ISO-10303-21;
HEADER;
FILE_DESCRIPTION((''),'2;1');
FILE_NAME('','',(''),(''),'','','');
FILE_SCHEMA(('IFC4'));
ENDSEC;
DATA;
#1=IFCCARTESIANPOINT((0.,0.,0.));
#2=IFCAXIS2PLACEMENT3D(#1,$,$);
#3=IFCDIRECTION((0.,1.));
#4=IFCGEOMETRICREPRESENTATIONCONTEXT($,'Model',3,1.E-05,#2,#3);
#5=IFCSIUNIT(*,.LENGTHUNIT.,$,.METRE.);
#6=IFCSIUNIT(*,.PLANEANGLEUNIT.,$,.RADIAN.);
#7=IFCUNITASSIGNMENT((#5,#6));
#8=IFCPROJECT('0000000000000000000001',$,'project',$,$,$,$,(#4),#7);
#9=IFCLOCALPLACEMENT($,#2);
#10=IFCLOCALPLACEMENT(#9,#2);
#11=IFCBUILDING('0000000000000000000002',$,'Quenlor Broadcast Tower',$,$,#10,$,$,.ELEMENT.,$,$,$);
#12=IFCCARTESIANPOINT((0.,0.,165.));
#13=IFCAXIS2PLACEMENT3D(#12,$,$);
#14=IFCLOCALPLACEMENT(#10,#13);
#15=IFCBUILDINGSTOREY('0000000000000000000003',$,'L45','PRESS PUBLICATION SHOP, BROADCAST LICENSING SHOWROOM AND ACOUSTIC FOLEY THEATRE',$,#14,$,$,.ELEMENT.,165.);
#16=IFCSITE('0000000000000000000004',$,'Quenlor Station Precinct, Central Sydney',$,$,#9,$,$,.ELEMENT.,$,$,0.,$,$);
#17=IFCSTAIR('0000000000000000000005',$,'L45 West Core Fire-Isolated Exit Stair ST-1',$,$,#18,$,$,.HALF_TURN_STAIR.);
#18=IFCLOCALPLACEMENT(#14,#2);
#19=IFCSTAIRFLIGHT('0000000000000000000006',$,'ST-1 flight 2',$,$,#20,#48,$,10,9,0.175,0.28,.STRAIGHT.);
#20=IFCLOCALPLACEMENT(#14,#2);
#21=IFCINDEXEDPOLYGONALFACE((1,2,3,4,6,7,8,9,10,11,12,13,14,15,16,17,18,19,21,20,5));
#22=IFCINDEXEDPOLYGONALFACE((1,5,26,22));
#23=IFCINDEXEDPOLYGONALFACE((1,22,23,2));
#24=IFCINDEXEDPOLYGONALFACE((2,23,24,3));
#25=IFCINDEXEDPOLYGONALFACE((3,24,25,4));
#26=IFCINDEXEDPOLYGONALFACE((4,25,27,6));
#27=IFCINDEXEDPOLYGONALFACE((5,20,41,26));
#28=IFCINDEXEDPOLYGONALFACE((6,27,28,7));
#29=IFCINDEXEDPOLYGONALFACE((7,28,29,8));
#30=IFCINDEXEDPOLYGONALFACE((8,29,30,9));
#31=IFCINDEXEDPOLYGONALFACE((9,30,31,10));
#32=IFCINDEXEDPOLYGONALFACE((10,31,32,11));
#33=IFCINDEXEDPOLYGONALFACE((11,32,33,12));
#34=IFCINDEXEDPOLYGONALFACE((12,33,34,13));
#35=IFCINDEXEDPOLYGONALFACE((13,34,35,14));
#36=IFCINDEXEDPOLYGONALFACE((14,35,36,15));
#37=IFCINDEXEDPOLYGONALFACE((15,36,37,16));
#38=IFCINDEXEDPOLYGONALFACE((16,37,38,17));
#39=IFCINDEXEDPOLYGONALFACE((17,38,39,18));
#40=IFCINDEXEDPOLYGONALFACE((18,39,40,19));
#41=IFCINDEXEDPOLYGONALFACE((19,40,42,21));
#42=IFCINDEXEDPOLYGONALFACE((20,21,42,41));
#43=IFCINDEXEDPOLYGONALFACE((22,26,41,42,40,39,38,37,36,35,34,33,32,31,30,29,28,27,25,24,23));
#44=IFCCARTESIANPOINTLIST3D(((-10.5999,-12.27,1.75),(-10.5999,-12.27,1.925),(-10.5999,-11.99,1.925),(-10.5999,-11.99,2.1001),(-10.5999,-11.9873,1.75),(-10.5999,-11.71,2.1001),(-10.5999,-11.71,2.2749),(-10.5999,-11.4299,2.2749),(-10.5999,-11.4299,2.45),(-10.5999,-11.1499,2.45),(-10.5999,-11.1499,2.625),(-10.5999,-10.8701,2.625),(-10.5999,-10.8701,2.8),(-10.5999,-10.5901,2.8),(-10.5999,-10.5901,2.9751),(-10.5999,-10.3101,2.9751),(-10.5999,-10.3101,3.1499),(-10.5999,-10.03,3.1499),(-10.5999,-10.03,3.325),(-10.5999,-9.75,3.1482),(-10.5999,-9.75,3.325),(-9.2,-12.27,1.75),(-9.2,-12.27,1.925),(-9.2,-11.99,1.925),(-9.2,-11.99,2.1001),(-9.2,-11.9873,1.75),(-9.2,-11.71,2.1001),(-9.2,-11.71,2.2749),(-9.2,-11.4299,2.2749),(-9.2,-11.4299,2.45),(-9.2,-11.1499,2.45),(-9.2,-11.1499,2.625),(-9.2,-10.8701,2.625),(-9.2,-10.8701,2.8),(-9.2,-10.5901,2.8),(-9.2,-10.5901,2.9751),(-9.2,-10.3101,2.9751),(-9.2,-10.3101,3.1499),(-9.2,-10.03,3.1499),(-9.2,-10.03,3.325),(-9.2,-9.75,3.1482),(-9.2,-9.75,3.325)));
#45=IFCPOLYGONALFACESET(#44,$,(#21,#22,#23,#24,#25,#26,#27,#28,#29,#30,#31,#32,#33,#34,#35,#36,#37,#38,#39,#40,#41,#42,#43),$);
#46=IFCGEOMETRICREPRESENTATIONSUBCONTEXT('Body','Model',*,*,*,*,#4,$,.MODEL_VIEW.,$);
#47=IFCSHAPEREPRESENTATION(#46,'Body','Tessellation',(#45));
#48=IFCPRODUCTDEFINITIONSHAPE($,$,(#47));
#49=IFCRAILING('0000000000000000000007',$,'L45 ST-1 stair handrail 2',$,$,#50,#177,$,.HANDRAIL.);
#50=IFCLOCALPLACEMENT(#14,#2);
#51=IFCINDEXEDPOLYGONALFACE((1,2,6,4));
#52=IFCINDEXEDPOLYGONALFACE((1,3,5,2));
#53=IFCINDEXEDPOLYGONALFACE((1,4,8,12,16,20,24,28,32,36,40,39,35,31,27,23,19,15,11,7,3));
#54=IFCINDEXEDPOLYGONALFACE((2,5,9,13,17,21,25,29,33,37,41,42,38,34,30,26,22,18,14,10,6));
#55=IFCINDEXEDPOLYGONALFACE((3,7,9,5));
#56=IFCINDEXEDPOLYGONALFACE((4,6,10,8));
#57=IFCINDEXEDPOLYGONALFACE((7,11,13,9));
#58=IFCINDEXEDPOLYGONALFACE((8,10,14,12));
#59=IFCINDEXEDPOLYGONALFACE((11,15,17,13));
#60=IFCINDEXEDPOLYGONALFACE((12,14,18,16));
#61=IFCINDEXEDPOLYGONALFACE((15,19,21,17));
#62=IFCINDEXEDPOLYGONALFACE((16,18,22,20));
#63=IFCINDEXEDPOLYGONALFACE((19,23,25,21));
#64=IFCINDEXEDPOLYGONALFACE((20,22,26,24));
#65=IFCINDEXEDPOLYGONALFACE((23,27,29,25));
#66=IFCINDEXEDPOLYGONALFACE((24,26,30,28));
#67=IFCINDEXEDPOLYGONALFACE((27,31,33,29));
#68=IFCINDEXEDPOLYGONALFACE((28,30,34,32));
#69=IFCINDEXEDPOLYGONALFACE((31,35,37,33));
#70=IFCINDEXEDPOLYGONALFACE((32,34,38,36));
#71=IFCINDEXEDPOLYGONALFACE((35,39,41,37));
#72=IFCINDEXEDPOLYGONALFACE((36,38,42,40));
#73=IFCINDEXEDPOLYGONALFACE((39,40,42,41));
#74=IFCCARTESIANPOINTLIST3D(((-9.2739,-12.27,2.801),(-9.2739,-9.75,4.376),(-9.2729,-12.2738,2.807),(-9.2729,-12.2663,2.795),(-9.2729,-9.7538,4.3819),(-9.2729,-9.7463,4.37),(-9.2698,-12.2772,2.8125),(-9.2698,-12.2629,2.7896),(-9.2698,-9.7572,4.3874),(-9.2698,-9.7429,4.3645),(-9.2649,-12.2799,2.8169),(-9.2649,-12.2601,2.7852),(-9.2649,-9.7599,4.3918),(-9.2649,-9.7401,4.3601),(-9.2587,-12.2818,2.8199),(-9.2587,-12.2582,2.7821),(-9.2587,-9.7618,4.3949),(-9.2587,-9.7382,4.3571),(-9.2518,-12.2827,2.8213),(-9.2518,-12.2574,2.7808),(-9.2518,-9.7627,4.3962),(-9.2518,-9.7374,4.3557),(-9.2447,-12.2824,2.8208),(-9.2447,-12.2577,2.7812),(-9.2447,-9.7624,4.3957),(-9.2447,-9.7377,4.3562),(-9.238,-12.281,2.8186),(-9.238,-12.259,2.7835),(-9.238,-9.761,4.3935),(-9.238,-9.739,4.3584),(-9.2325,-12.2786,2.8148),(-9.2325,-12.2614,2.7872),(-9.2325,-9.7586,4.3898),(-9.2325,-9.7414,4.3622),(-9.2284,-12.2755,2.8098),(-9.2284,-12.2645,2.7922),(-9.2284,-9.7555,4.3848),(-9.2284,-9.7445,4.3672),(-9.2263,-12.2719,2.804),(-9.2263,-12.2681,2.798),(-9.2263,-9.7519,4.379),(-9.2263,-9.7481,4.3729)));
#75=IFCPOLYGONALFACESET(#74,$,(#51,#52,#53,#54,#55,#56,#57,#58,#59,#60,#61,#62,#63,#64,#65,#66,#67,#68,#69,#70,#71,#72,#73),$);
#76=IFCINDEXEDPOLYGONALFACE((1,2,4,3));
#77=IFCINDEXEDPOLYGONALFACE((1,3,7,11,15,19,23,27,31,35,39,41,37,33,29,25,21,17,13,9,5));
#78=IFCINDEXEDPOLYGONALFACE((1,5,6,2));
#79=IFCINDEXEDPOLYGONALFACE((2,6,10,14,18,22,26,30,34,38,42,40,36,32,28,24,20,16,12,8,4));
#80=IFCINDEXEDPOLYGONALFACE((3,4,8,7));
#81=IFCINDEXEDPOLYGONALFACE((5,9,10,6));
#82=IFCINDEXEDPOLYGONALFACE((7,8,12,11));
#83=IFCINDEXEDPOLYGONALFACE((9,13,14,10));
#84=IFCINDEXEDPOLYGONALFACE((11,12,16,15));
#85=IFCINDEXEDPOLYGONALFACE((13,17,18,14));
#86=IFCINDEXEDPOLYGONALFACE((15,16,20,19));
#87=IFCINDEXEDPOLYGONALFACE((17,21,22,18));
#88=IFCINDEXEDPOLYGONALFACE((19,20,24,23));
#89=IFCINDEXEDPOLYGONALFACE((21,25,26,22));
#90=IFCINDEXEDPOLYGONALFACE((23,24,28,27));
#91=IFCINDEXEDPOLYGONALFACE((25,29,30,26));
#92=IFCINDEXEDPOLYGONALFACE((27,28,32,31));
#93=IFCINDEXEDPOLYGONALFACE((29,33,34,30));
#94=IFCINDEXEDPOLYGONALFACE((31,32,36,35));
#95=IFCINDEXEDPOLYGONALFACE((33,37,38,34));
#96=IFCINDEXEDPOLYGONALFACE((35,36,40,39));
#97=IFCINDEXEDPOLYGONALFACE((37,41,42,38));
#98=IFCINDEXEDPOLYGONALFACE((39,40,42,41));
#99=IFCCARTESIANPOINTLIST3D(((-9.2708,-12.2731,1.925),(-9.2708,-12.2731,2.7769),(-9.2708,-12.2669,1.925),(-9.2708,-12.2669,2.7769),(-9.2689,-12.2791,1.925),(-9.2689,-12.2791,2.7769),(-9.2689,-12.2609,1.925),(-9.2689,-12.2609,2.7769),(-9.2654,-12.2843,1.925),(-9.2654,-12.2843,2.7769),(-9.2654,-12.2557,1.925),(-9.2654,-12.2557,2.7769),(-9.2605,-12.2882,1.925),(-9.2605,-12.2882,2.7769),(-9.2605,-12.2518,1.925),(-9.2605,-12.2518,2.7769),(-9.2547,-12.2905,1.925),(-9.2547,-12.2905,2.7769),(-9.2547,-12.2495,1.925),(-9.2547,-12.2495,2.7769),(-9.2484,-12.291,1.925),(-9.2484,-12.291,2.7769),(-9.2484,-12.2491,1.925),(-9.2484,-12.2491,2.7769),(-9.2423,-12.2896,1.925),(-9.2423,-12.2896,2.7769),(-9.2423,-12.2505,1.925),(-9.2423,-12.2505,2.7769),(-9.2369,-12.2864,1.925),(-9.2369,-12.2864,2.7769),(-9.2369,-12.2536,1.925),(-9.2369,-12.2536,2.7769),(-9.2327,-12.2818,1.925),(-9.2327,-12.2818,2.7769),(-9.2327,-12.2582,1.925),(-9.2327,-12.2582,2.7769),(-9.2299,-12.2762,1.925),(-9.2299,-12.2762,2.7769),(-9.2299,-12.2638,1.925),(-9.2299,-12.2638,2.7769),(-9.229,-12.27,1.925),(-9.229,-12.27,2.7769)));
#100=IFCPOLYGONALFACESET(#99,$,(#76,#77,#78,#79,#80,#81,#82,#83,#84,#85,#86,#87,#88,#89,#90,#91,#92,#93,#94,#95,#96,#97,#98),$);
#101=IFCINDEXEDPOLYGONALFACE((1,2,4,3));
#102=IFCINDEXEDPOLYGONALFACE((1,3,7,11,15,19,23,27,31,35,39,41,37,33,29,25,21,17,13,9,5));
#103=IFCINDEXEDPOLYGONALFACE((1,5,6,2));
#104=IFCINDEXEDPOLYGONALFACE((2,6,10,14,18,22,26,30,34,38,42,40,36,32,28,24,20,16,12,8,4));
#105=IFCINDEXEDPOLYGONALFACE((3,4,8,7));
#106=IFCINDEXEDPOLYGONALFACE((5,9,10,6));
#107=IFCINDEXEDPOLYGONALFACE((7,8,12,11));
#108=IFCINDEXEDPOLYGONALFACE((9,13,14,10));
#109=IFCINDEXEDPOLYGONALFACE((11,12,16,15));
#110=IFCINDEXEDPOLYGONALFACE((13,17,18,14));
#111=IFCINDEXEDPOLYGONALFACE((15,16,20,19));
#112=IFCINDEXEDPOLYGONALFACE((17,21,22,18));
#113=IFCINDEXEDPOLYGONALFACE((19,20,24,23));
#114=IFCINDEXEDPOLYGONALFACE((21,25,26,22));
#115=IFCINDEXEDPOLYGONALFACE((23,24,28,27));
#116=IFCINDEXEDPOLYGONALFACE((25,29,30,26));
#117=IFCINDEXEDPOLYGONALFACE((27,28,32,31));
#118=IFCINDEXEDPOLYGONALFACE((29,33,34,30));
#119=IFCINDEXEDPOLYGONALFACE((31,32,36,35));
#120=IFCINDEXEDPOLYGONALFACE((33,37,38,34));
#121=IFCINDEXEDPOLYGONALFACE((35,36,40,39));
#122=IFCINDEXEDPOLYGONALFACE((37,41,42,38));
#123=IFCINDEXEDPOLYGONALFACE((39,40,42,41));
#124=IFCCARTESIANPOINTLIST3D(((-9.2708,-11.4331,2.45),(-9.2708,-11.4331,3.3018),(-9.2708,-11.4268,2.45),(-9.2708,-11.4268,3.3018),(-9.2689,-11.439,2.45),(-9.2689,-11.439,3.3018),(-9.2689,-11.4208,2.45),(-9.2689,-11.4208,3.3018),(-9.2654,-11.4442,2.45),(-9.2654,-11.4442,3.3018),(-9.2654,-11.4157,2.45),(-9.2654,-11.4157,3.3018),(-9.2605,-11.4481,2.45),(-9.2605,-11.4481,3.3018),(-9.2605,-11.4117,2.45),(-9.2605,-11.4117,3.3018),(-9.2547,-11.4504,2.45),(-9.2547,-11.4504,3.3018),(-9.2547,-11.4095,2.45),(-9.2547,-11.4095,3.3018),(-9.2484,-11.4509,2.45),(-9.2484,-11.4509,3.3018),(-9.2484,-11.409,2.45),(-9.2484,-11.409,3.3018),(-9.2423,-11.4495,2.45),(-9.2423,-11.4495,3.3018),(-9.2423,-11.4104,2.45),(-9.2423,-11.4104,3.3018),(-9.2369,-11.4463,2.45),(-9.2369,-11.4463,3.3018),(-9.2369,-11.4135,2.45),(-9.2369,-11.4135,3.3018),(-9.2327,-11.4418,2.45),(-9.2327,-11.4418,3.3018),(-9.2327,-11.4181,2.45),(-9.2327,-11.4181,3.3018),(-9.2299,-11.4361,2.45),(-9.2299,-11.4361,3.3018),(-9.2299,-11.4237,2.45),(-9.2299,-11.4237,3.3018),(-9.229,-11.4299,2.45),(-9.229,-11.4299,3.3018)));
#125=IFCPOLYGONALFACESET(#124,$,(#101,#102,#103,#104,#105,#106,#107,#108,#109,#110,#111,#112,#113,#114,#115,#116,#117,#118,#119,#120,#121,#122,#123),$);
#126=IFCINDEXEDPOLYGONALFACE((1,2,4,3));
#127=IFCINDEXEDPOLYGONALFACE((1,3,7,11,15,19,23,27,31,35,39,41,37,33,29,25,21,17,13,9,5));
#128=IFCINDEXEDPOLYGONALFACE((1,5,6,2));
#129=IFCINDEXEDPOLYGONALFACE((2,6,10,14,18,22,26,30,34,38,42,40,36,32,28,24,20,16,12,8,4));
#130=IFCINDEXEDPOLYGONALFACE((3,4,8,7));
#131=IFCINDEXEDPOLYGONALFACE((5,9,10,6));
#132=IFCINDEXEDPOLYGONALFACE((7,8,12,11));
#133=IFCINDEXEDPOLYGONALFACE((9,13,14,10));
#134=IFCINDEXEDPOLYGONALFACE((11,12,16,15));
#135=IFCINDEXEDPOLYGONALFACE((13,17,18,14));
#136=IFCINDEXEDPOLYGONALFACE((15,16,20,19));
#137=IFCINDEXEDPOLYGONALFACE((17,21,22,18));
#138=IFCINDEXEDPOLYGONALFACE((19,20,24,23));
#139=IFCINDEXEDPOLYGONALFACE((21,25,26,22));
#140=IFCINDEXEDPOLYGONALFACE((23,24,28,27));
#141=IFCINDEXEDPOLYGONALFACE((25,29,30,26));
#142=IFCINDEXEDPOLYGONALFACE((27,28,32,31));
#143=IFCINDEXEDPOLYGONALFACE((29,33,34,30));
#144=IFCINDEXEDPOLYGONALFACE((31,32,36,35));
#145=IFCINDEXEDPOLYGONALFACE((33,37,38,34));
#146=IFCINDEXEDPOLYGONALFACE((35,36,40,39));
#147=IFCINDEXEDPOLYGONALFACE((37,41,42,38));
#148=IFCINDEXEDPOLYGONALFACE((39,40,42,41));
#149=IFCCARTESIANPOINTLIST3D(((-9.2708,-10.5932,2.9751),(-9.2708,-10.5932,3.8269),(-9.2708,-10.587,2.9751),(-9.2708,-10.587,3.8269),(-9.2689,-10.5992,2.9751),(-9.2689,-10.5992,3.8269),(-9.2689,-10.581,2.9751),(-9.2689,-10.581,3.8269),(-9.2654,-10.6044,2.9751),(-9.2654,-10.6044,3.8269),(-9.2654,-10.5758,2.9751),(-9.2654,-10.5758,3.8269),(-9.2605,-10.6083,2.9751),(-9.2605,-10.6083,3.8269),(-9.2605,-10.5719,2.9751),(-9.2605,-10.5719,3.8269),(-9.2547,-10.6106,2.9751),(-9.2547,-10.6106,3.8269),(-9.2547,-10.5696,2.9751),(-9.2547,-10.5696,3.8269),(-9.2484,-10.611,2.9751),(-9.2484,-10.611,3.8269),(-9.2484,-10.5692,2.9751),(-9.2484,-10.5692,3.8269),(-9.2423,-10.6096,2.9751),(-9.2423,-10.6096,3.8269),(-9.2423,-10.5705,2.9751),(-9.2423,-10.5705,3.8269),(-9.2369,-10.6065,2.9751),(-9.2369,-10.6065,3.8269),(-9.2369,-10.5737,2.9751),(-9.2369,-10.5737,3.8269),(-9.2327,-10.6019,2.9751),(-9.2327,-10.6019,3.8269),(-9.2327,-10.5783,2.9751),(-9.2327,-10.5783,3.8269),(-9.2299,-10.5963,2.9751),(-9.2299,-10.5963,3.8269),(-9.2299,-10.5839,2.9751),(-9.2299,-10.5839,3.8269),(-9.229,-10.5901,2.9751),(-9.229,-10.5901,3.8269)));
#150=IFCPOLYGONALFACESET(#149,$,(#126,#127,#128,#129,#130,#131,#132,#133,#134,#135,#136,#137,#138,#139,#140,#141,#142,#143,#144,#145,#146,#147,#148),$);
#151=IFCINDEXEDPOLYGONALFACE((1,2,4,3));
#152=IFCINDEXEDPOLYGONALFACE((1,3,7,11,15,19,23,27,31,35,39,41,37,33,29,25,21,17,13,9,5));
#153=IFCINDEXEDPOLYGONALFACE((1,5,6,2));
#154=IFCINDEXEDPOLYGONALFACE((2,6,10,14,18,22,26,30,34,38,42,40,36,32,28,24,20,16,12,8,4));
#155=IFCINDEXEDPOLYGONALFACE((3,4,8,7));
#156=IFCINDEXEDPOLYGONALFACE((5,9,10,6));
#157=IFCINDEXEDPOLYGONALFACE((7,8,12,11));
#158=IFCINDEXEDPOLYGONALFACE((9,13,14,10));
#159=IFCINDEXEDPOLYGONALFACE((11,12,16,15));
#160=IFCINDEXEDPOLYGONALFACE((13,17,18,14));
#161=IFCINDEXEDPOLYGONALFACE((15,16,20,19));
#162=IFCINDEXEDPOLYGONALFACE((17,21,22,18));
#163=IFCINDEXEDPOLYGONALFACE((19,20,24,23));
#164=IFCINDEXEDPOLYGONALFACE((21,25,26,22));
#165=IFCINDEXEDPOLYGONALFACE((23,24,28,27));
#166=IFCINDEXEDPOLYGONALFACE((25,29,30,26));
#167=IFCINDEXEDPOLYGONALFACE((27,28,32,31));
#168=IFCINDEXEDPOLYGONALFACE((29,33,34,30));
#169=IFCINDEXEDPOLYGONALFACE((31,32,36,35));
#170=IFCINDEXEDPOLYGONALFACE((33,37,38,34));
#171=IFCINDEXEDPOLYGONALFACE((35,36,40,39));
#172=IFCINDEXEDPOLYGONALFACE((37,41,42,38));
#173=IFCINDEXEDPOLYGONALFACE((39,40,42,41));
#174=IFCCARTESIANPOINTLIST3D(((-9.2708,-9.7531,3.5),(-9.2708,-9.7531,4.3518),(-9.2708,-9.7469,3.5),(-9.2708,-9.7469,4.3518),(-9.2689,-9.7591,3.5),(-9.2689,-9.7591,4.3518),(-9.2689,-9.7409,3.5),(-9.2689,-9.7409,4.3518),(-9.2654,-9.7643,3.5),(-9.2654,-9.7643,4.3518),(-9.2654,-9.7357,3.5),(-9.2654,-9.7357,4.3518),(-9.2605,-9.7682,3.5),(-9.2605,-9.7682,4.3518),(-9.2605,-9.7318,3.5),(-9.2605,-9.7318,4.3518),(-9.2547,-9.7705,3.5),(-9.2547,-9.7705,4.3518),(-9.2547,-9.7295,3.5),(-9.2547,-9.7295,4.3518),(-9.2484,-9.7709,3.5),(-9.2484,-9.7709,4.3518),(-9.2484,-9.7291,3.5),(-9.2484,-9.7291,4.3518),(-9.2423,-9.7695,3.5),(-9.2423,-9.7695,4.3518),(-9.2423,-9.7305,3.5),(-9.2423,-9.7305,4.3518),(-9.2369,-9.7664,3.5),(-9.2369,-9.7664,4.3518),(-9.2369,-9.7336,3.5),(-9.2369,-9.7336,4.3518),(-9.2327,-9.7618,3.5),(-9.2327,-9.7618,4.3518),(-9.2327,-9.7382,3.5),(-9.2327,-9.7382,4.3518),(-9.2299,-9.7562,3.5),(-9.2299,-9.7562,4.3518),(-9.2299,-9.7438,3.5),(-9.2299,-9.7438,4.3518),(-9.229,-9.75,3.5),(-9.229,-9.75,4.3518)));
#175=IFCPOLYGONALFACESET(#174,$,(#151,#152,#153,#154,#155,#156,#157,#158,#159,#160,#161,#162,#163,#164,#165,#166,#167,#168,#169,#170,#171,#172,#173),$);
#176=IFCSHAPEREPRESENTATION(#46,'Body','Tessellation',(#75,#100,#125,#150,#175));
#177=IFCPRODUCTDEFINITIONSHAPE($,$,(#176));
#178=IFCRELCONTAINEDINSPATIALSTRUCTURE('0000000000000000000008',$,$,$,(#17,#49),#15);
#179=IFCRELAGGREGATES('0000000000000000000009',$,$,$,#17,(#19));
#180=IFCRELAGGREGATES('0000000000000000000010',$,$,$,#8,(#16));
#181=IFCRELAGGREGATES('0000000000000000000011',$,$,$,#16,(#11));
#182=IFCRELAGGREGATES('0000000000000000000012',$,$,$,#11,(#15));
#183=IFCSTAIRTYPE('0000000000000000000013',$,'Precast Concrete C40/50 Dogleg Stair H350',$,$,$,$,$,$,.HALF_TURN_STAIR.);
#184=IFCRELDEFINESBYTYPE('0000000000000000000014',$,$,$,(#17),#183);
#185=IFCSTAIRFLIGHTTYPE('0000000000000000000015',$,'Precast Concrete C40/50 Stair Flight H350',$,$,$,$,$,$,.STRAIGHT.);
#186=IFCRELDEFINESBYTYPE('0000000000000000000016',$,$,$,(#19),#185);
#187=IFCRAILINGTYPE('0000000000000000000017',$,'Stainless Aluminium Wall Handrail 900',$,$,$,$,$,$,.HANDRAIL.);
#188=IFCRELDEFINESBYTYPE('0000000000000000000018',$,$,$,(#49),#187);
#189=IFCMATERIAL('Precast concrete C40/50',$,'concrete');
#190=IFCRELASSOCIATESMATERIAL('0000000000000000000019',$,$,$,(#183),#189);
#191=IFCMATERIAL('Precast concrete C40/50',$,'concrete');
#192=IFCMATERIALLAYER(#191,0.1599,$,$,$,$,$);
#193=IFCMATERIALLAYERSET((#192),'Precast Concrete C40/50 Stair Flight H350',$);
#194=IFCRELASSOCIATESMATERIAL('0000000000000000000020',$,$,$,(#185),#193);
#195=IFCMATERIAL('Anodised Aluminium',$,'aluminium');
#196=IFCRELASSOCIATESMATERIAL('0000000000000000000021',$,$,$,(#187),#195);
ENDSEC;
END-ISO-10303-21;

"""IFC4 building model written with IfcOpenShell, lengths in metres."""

from ifc_helpers import new_model, si_unit, direction, frame, origin, origin_2d, place, context, subcontext, project, spatial, polyline, circle, outline, extrude, material, layer, layer_set, type_object, element, aggregate, save


model = new_model("IFC4")

# Units and contexts
model_context = context("Model", 3, precision=1e-05, world=origin(), true_north=direction((0.0, 1.0)))
body_context = subcontext(model_context, "Body", "Model", "MODEL_VIEW")
ifc_project = project(units=[si_unit("LENGTHUNIT", "METRE"), si_unit("PLANEANGLEUNIT", "RADIAN")], contexts=[model_context])

# Site, building, storey
site_placement = place(None, origin())
site = spatial("IfcSite", under=ifc_project, at=site_placement, Name="Quenlor Station Precinct, Central Sydney", CompositionType="ELEMENT", RefElevation=0.0)
building_placement = place(site_placement, origin())
building = spatial("IfcBuilding", under=site, at=building_placement, Name="Quenlor Broadcast Tower", CompositionType="ELEMENT")
storey_placement = place(building_placement, frame((0.0, 0.0, 165.0)))
storey = spatial("IfcBuildingStorey", under=building, at=storey_placement, Name="L45", Description="PRESS PUBLICATION SHOP, BROADCAST LICENSING SHOWROOM AND ACOUSTIC FOLEY THEATRE", CompositionType="ELEMENT", Elevation=165.0)

# Stair, stair flight
ifc_material_1 = material(Name="Precast concrete C40/50", Category="concrete")
stair_type = type_object("IfcStairType", Name="Precast Concrete C40/50 Dogleg Stair H350", PredefinedType="HALF_TURN_STAIR", material=ifc_material_1)
stair_placement = place(storey_placement, origin())
stair = element("IfcStair", 1, at=stair_placement, inside=storey, type_object=stair_type, Name="L45 West Core Fire-Isolated Exit Stair ST-1", PredefinedType="HALF_TURN_STAIR")
ifc_material_2 = material(Name="Precast concrete C40/50", Category="concrete")
ifc_layer_1 = layer(ifc_material_2, 0.1599)
ifc_layer_set_1 = layer_set([ifc_layer_1], Name="Precast Concrete C40/50 Stair Flight H350")
stair_flight_type = type_object("IfcStairFlightType", Name="Precast Concrete C40/50 Stair Flight H350", PredefinedType="STRAIGHT", material=ifc_layer_set_1)
stair_flight_placement = place(storey_placement, frame((-9.8999, -12.27, 1.75), z_axis=(0.0, 0.0, 1.0), x_axis=(0.0, 1.0, 0.0)))
stair_flight = element("IfcStairFlight", 2, at=stair_flight_placement, type_object=stair_flight_type, Name="ST-1 flight 2", NumberOfRisers=10, NumberOfTreads=9, PredefinedType="STRAIGHT", RiserHeight=0.175, TreadLength=0.28, context=body_context, shape_type="SweptSolid", body=[
    extrude(outline(polyline([(0.0, 0.0), (0.0, 0.175), (0.28, 0.175), (0.28, 0.3501), (0.5601, 0.3501), (0.5601, 0.5249), (0.8401, 0.5249), (0.8401, 0.7), (1.1201, 0.7), (1.1201, 0.875), (1.3999, 0.875), (1.3999, 1.05), (1.6799, 1.05), (1.6799, 1.2251), (1.96, 1.2251), (1.96, 1.3999), (2.24, 1.3999), (2.24, 1.575), (2.52, 1.575), (2.52, 1.75), (2.52, 1.3982), (0.2827, 0.0), (0.0, 0.0)])), frame((0.0, 0.7, 0.0), z_axis=(0.0, -1.0, 0.0), x_axis=(1.0, 0.0, 0.0)), (0.0, 0.0, 1.0), 1.3999),
])
aggregate(stair, [stair_flight])

# Railing
ifc_material_3 = material(Name="Anodised Aluminium", Category="aluminium")
railing_type_1 = type_object("IfcRailingType", Name="Stainless Aluminium Wall Handrail 900", PredefinedType="HANDRAIL", material=ifc_material_3)
railing_1_placement = place(storey_placement, frame((-9.25, -12.27, 1.925)))
element("IfcRailing", 3, at=railing_1_placement, inside=storey, type_object=railing_type_1, Name="L45 ST-1 stair handrail 2", PredefinedType="HANDRAIL", context=body_context, shape_type="SweptSolid", body=[
    extrude(circle(Radius=0.0239, at=origin_2d()), frame((0.0, 0.0, 0.876), z_axis=(0.0, 0.848008, 0.529984), x_axis=(-1.0, 0.0, 0.0)), (0.0, 0.0, 1.0), 2.9717),
    extrude(circle(Radius=0.021, at=origin_2d()), origin(), (0.0, 0.0, 1.0), 0.8518),
    extrude(circle(Radius=0.021, at=origin_2d()), frame((0.0, 0.8401, 0.5249)), (0.0, 0.0, 1.0), 0.8518),
    extrude(circle(Radius=0.021, at=origin_2d()), frame((0.0, 1.6799, 1.05)), (0.0, 0.0, 1.0), 0.8518),
    extrude(circle(Radius=0.021, at=origin_2d()), frame((0.0, 2.52, 1.575)), (0.0, 0.0, 1.0), 0.8518),
])

save(model, "model.ifc")
